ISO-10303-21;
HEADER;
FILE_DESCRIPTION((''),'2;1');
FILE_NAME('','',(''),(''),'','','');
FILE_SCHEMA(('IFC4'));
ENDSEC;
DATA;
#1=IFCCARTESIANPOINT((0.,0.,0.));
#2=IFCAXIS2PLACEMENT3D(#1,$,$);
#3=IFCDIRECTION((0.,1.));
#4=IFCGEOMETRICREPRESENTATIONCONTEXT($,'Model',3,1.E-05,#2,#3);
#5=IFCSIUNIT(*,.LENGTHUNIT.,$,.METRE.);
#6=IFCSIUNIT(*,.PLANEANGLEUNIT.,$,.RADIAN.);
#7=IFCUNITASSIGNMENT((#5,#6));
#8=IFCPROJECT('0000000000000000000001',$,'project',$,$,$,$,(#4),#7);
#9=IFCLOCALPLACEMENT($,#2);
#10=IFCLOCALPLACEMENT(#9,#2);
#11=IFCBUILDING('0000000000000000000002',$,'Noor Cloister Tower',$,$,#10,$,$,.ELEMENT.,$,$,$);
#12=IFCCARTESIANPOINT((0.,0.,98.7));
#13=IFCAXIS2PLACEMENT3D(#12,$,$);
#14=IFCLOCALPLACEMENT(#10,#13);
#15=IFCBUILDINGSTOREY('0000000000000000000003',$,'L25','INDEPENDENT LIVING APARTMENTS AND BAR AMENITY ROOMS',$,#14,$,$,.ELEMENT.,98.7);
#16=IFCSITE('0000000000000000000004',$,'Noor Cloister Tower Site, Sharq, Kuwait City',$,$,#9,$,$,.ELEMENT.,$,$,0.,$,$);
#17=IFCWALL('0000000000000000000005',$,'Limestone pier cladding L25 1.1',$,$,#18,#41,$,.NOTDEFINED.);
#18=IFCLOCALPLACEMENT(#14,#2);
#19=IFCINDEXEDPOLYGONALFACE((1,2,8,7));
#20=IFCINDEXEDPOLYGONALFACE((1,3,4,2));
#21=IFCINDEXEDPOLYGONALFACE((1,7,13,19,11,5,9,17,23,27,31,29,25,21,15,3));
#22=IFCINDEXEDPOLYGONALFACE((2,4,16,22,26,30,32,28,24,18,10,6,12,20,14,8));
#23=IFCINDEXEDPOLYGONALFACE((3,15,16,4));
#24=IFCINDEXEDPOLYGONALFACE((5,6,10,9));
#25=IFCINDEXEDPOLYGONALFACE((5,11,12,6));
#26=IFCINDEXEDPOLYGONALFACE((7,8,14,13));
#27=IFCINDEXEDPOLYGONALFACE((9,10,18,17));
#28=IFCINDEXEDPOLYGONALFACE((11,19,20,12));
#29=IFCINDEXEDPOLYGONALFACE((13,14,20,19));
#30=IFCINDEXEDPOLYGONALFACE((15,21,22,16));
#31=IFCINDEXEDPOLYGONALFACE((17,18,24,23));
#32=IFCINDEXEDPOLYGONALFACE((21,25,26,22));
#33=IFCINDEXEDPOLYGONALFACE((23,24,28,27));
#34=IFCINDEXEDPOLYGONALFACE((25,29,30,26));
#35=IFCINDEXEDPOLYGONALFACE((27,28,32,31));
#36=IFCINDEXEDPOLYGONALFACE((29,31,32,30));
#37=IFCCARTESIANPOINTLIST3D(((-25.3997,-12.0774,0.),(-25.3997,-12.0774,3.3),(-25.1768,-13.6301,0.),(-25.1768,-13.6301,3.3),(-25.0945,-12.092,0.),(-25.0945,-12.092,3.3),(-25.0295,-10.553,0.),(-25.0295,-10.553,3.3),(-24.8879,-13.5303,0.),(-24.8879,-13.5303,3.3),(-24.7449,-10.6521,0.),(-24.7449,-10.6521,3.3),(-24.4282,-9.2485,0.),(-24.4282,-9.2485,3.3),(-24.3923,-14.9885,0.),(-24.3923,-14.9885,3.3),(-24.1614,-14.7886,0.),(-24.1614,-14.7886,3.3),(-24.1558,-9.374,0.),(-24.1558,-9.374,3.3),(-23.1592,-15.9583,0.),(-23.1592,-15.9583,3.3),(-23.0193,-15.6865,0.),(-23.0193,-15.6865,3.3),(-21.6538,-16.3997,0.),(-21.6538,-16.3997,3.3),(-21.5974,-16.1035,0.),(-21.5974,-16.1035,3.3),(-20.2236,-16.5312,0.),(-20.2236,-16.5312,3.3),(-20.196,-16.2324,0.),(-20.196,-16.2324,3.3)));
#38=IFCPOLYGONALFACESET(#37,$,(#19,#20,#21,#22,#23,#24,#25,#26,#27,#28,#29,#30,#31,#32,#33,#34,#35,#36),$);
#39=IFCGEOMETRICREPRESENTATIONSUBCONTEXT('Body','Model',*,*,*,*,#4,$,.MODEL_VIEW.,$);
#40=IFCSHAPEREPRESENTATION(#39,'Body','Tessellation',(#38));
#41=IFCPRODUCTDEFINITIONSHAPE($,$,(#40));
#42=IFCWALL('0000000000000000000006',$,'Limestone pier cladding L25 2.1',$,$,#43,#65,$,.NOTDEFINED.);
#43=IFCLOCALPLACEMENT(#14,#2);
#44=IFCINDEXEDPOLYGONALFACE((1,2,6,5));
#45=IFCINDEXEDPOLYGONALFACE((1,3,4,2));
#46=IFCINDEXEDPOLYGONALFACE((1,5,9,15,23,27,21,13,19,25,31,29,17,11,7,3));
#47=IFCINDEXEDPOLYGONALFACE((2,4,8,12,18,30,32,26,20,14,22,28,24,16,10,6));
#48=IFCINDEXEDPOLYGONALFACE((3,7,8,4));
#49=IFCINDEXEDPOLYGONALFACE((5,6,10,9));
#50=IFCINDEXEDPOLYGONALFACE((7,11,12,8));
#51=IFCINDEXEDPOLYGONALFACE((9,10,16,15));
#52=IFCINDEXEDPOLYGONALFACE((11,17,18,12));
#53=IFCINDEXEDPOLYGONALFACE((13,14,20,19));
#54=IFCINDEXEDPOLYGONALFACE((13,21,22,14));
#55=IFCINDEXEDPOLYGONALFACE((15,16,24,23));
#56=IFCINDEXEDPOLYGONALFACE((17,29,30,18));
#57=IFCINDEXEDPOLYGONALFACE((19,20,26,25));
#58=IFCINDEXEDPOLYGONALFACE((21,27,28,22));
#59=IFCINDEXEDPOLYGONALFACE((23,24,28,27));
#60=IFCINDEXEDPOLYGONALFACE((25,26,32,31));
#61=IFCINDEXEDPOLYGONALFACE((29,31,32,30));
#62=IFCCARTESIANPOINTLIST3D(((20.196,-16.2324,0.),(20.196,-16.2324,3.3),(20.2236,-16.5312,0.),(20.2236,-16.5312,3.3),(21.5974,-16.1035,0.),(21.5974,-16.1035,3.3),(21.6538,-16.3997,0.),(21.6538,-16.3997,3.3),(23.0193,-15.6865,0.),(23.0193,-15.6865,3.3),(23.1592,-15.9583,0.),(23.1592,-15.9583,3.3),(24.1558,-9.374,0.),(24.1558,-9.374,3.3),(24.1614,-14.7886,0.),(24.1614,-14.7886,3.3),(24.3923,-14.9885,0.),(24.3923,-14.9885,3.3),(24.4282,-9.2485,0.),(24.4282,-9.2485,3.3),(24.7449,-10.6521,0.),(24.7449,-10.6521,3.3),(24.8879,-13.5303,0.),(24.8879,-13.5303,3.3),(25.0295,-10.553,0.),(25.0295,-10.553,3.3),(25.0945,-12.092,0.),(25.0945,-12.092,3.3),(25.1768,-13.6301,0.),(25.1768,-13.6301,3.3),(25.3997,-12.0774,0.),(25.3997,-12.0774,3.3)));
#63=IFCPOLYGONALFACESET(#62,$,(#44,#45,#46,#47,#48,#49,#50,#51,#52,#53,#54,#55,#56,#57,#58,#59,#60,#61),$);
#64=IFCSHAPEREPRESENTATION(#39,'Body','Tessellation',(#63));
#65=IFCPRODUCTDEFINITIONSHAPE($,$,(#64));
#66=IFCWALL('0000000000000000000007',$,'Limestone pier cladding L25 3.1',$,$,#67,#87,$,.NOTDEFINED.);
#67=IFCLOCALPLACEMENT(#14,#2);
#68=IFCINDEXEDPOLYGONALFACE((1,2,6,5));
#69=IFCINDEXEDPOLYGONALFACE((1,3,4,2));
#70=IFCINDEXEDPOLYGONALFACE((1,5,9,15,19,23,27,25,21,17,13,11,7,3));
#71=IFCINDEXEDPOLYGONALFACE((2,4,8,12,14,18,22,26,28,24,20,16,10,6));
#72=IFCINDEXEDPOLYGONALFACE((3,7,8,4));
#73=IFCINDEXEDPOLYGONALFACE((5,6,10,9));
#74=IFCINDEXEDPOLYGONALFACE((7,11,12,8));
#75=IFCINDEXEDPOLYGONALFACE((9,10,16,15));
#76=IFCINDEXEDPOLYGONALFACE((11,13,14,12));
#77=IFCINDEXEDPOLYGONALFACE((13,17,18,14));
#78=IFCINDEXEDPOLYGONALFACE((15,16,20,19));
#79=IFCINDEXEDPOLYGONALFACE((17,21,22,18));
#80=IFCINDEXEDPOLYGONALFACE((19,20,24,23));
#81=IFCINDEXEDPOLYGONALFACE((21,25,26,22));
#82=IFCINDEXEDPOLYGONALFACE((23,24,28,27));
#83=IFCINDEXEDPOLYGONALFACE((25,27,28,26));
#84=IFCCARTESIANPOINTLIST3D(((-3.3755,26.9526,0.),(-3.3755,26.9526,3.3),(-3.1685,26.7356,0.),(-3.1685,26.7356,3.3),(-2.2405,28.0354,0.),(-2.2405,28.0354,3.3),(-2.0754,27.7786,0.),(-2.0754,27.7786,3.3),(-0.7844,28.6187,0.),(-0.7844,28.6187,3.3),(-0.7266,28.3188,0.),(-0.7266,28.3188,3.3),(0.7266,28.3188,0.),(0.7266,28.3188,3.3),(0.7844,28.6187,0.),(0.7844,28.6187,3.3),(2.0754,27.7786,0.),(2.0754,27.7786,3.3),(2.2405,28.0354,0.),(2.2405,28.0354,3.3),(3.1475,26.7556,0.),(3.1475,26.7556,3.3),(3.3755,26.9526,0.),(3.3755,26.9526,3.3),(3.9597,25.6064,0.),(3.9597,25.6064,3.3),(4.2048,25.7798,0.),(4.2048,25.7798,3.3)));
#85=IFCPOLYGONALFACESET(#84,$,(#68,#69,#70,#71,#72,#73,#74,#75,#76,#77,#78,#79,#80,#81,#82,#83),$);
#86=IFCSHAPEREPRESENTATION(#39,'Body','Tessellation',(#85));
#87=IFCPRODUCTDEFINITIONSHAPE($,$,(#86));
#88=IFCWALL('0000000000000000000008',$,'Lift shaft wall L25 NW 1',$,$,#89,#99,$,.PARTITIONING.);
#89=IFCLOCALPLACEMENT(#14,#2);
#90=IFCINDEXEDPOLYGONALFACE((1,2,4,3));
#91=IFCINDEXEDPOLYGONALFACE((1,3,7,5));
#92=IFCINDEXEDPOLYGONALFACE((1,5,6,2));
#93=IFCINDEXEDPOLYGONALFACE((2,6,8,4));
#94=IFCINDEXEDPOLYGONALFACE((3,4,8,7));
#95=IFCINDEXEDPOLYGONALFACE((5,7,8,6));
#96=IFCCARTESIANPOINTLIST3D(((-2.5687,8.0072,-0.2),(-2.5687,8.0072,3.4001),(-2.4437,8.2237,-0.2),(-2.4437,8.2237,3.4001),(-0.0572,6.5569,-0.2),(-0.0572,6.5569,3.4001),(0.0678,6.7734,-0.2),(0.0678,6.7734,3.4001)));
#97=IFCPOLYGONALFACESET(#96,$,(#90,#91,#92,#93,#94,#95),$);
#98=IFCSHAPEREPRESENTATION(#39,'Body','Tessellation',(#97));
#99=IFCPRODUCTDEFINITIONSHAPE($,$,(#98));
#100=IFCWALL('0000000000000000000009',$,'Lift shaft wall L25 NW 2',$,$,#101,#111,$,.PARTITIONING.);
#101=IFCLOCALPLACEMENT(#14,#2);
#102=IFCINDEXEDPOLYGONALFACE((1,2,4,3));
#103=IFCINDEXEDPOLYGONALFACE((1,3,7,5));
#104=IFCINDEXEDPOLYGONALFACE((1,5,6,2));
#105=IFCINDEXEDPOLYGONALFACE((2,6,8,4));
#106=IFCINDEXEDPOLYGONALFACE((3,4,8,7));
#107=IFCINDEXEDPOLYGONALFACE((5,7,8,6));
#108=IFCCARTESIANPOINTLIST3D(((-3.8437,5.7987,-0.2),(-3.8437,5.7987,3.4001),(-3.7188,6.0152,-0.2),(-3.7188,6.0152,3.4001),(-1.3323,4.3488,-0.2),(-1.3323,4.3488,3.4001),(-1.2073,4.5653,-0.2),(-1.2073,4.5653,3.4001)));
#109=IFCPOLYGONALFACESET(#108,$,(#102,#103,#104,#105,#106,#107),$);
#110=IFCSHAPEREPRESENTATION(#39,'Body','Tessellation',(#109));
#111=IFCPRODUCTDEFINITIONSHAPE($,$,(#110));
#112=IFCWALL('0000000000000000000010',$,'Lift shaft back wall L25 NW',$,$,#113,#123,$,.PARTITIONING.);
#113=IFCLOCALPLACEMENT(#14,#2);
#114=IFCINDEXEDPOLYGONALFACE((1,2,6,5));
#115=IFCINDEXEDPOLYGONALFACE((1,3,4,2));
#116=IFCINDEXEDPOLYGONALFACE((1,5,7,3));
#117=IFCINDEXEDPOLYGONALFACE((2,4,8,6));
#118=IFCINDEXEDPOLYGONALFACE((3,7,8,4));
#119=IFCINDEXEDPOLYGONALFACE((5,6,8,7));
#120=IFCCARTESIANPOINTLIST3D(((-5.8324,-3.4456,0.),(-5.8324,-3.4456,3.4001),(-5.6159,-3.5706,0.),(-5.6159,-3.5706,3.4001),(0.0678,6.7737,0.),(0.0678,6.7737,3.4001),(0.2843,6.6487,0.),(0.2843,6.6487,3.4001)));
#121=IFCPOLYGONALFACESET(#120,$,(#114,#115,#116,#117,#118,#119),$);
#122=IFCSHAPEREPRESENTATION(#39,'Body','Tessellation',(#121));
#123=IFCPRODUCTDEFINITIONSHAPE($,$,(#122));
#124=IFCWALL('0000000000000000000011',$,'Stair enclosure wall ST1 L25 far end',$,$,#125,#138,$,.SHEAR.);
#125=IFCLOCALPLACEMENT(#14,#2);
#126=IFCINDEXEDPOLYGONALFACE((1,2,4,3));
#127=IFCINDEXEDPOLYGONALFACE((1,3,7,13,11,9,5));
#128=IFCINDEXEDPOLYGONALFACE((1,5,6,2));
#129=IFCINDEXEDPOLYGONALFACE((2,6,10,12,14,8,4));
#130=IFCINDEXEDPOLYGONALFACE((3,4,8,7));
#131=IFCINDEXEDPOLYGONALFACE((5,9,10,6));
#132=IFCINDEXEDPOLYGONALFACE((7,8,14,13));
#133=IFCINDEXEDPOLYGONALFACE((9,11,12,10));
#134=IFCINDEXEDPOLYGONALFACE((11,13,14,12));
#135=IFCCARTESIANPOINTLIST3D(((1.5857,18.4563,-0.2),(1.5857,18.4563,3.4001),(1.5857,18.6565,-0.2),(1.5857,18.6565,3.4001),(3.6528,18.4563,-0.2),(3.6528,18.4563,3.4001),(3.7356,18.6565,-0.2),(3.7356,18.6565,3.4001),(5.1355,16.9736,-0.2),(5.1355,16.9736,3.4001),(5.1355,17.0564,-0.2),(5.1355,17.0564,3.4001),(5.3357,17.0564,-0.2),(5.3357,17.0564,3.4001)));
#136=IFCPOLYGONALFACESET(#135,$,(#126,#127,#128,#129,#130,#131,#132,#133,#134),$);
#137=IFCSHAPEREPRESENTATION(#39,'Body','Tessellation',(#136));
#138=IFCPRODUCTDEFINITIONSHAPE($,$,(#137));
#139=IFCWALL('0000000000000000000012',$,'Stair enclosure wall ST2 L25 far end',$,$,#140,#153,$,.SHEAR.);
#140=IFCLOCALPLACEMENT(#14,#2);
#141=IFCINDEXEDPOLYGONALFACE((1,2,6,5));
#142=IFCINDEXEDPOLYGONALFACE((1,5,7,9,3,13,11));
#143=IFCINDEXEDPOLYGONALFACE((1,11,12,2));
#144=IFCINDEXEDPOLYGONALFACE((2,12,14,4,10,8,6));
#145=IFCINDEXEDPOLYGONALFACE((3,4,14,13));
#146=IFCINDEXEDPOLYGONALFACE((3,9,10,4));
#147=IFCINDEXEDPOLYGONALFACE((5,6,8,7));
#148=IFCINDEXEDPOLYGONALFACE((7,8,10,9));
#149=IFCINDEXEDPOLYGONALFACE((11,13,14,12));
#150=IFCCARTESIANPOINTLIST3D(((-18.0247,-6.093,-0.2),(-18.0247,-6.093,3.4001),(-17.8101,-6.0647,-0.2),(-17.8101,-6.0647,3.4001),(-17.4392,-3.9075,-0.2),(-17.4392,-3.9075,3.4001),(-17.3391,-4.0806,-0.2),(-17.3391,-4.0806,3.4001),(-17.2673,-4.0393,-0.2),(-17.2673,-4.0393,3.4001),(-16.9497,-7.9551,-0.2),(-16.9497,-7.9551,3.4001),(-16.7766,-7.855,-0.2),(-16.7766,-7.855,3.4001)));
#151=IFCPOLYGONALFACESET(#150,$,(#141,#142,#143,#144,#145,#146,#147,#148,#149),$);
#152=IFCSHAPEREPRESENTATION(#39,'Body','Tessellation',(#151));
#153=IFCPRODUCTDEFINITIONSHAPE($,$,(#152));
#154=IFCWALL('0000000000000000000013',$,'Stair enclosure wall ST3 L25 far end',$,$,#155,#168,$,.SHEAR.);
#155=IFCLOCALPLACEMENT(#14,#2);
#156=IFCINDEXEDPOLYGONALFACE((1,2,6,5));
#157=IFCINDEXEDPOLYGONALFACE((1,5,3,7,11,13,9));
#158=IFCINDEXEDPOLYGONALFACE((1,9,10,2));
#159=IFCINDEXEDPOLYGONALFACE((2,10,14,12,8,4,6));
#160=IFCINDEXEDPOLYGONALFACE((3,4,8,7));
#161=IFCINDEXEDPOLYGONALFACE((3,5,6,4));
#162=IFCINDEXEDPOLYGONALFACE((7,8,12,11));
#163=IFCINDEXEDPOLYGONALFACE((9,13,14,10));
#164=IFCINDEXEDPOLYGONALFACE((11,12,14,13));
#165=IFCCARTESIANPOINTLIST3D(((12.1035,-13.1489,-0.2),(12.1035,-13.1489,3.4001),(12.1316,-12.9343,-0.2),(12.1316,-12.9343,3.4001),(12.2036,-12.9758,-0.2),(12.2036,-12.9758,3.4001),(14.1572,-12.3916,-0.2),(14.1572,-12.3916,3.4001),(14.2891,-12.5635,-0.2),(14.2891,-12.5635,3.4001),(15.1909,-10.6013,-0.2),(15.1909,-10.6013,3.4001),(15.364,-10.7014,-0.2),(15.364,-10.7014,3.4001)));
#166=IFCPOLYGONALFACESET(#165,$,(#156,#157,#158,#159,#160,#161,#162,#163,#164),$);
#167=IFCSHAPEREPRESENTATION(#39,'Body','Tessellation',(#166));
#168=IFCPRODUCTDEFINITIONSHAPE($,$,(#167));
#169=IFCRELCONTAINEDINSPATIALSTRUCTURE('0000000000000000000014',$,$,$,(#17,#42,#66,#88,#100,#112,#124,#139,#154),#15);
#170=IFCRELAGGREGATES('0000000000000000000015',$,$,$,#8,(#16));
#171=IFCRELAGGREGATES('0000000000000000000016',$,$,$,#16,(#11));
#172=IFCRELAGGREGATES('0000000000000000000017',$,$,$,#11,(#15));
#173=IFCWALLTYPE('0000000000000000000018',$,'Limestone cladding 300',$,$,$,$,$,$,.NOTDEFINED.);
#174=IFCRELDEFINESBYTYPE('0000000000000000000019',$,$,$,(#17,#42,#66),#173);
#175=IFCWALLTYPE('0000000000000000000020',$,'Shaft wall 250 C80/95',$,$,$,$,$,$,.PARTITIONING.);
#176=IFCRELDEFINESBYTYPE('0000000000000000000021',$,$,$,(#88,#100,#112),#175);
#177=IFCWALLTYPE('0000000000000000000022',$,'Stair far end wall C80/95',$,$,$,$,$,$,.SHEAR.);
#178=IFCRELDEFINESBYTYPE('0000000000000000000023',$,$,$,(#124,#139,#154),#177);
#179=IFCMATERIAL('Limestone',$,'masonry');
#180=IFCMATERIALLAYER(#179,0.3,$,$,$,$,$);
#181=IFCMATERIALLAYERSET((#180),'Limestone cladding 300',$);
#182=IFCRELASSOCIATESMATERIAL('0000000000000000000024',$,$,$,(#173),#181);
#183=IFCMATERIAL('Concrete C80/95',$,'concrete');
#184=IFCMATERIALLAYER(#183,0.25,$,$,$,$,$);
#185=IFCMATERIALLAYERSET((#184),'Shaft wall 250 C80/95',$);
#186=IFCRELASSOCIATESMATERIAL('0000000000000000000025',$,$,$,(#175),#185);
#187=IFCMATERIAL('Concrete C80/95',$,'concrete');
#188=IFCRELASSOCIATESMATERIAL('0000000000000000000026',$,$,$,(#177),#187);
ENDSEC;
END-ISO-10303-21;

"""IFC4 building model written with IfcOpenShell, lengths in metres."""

from ifc_helpers import new_model, si_unit, direction, frame, frame_2d, origin, place, context, subcontext, project, spatial, polyline, rectangle, outline, extrude, material, layer, layer_set, type_object, element, save


model = new_model("IFC4")

# Units and contexts
model_context = context("Model", 3, precision=1e-05, world=origin(), true_north=direction((0.0, 1.0)))
body_context = subcontext(model_context, "Body", "Model", "MODEL_VIEW")
ifc_project = project(units=[si_unit("LENGTHUNIT", "METRE"), si_unit("PLANEANGLEUNIT", "RADIAN")], contexts=[model_context])

# Site, building, storey
site_placement = place(None, origin())
site = spatial("IfcSite", under=ifc_project, at=site_placement, Name="Noor Cloister Tower Site, Sharq, Kuwait City", CompositionType="ELEMENT", RefElevation=0.0)
building_placement = place(site_placement, origin())
building = spatial("IfcBuilding", under=site, at=building_placement, Name="Noor Cloister Tower", CompositionType="ELEMENT")
storey_placement = place(building_placement, frame((0.0, 0.0, 98.7)))
storey = spatial("IfcBuildingStorey", under=building, at=storey_placement, Name="L25", Description="INDEPENDENT LIVING APARTMENTS AND BAR AMENITY ROOMS", CompositionType="ELEMENT", Elevation=98.7)

# Walls
ifc_material_1 = material(Name="Limestone", Category="masonry")
ifc_layer_1 = layer(ifc_material_1, 0.3)
ifc_layer_set_1 = layer_set([ifc_layer_1], Name="Limestone cladding 300")
wall_type_1 = type_object("IfcWallType", Name="Limestone cladding 300", PredefinedType="NOTDEFINED", material=ifc_layer_set_1)
wall_1_placement = place(storey_placement, origin())
element("IfcWall", 1, at=wall_1_placement, inside=storey, type_object=wall_type_1, Name="Limestone pier cladding L25 1.1", PredefinedType="NOTDEFINED", context=body_context, shape_type="SweptSolid", body=[
    extrude(outline(polyline([(-24.4282, -9.2485), (-25.0295, -10.553), (-25.3997, -12.0774), (-25.1768, -13.6301), (-24.3923, -14.9885), (-23.1592, -15.9583), (-21.6538, -16.3997), (-20.2236, -16.5312), (-20.196, -16.2324), (-21.5974, -16.1035), (-23.0193, -15.6865), (-24.1614, -14.7886), (-24.8879, -13.5303), (-25.0945, -12.092), (-24.7449, -10.6521), (-24.1558, -9.374), (-24.4282, -9.2485)])), origin(), (0.0, 0.0, 1.0), 3.3),
])
wall_2_placement = place(storey_placement, origin())
element("IfcWall", 2, at=wall_2_placement, inside=storey, type_object=wall_type_1, Name="Limestone pier cladding L25 2.1", PredefinedType="NOTDEFINED", context=body_context, shape_type="SweptSolid", body=[
    extrude(outline(polyline([(20.2236, -16.5312), (21.6538, -16.3997), (23.1592, -15.9583), (24.3923, -14.9885), (25.1768, -13.6301), (25.3997, -12.0774), (25.0295, -10.553), (24.4282, -9.2485), (24.1558, -9.374), (24.7449, -10.6521), (25.0945, -12.092), (24.8879, -13.5303), (24.1614, -14.7886), (23.0193, -15.6865), (21.5974, -16.1035), (20.196, -16.2324), (20.2236, -16.5312)])), origin(), (0.0, 0.0, 1.0), 3.3),
])
wall_3_placement = place(storey_placement, origin())
element("IfcWall", 3, at=wall_3_placement, inside=storey, type_object=wall_type_1, Name="Limestone pier cladding L25 3.1", PredefinedType="NOTDEFINED", context=body_context, shape_type="SweptSolid", body=[
    extrude(outline(polyline([(4.2048, 25.7798), (3.3755, 26.9526), (2.2405, 28.0354), (0.7844, 28.6187), (-0.7844, 28.6187), (-2.2405, 28.0354), (-3.3755, 26.9526), (-3.1685, 26.7356), (-2.0754, 27.7786), (-0.7266, 28.3188), (0.7266, 28.3188), (2.0754, 27.7786), (3.1475, 26.7556), (3.9597, 25.6064), (4.2048, 25.7798)])), origin(), (0.0, 0.0, 1.0), 3.3),
])
ifc_material_2 = material(Name="Concrete C80/95", Category="concrete")
ifc_layer_2 = layer(ifc_material_2, 0.25)
ifc_layer_set_2 = layer_set([ifc_layer_2], Name="Shaft wall 250 C80/95")
wall_type_2 = type_object("IfcWallType", Name="Shaft wall 250 C80/95", PredefinedType="PARTITIONING", material=ifc_layer_set_2)
wall_4_placement = place(storey_placement, frame((-2.5063, 8.1155, -0.2), z_axis=(0.0, 0.0, 1.0), x_axis=(0.865996, -0.50005, 0.0)))
element("IfcWall", 4, at=wall_4_placement, inside=storey, type_object=wall_type_2, Name="Lift shaft wall L25 NW 1", PredefinedType="PARTITIONING", context=body_context, shape_type="SweptSolid", body=[
    extrude(rectangle(XDim=2.9001, YDim=0.25, at=frame_2d((1.4502, 0.0))), origin(), (0.0, 0.0, 1.0), 3.6001),
])
wall_5_placement = place(storey_placement, frame((-3.7812, 5.907, -0.2), z_axis=(0.0, 0.0, 1.0), x_axis=(0.866033, -0.499987, 0.0)))
element("IfcWall", 5, at=wall_5_placement, inside=storey, type_object=wall_type_2, Name="Lift shaft wall L25 NW 2", PredefinedType="PARTITIONING", context=body_context, shape_type="SweptSolid", body=[
    extrude(rectangle(XDim=2.8999, YDim=0.25, at=frame_2d((1.45, 0.0))), origin(), (0.0, 0.0, 1.0), 3.6001),
])
wall_6_placement = place(storey_placement, frame((0.176, 6.7112, 0.0), z_axis=(0.0, 0.0, 1.0), x_axis=(-0.500004, -0.866023, 0.0)))
element("IfcWall", 6, at=wall_6_placement, inside=storey, type_object=wall_type_2, Name="Lift shaft back wall L25 NW", PredefinedType="PARTITIONING", context=body_context, shape_type="SweptSolid", body=[
    extrude(rectangle(XDim=11.8003, YDim=0.25, at=frame_2d((5.9001, 0.0))), origin(), (0.0, 0.0, 1.0), 3.4001),
])
ifc_material_3 = material(Name="Concrete C80/95", Category="concrete")
wall_type_3 = type_object("IfcWallType", Name="Stair far end wall C80/95", PredefinedType="SHEAR", material=ifc_material_3)
wall_7_placement = place(storey_placement, frame((0.0, 0.0, -0.2)))
element("IfcWall", 7, at=wall_7_placement, inside=storey, type_object=wall_type_3, Name="Stair enclosure wall ST1 L25 far end", PredefinedType="SHEAR", context=body_context, shape_type="SweptSolid", body=[
    extrude(outline(polyline([(5.3357, 17.0564), (3.7356, 18.6565), (1.5857, 18.6565), (1.5857, 18.4563), (3.6528, 18.4563), (5.1355, 16.9736), (5.1355, 17.0564), (5.1355, 17.0564), (5.1355, 17.0564), (5.1355, 17.0564), (5.1355, 17.0564), (5.1355, 17.0564), (5.1355, 17.0564), (5.1355, 17.0564), (5.1355, 17.0564), (5.1355, 17.0564), (5.1355, 17.0564), (5.1355, 17.0564), (5.1355, 17.0564), (5.1355, 17.0564), (5.1355, 17.0564), (5.1355, 17.0564), (5.1355, 17.0564), (5.3357, 17.0564)])), origin(), (0.0, 0.0, 1.0), 3.6001),
])
wall_8_placement = place(storey_placement, frame((0.0, 0.0, -0.2)))
element("IfcWall", 8, at=wall_8_placement, inside=storey, type_object=wall_type_3, Name="Stair enclosure wall ST2 L25 far end", PredefinedType="SHEAR", context=body_context, shape_type="SweptSolid", body=[
    extrude(outline(polyline([(-17.4392, -3.9075), (-18.0247, -6.093), (-16.9497, -7.9551), (-16.7766, -7.855), (-17.8101, -6.0647), (-17.2673, -4.0393), (-17.3391, -4.0806), (-17.3391, -4.0806), (-17.3391, -4.0806), (-17.3391, -4.0806), (-17.3391, -4.0806), (-17.3391, -4.0806), (-17.3391, -4.0806), (-17.3391, -4.0806), (-17.3391, -4.0806), (-17.3391, -4.0806), (-17.3391, -4.0806), (-17.3391, -4.0806), (-17.3391, -4.0806), (-17.3391, -4.0806), (-17.3391, -4.0806), (-17.3391, -4.0806), (-17.3391, -4.0806), (-17.4392, -3.9075)])), origin(), (0.0, 0.0, 1.0), 3.6001),
])
wall_9_placement = place(storey_placement, frame((0.0, 0.0, -0.2)))
element("IfcWall", 9, at=wall_9_placement, inside=storey, type_object=wall_type_3, Name="Stair enclosure wall ST3 L25 far end", PredefinedType="SHEAR", context=body_context, shape_type="SweptSolid", body=[
    extrude(outline(polyline([(12.1035, -13.1489), (14.2891, -12.5635), (15.364, -10.7014), (15.1909, -10.6013), (14.1572, -12.3916), (12.1316, -12.9343), (12.2036, -12.9758), (12.2036, -12.9758), (12.2036, -12.9758), (12.2036, -12.9758), (12.2036, -12.9758), (12.2036, -12.9758), (12.2036, -12.9758), (12.2036, -12.9758), (12.2036, -12.9758), (12.2036, -12.9758), (12.2036, -12.9758), (12.2036, -12.9758), (12.2036, -12.9758), (12.2036, -12.9758), (12.2036, -12.9758), (12.2036, -12.9758), (12.2036, -12.9758), (12.1035, -13.1489)])), origin(), (0.0, 0.0, 1.0), 3.6001),
])

save(model, "model.ifc")
